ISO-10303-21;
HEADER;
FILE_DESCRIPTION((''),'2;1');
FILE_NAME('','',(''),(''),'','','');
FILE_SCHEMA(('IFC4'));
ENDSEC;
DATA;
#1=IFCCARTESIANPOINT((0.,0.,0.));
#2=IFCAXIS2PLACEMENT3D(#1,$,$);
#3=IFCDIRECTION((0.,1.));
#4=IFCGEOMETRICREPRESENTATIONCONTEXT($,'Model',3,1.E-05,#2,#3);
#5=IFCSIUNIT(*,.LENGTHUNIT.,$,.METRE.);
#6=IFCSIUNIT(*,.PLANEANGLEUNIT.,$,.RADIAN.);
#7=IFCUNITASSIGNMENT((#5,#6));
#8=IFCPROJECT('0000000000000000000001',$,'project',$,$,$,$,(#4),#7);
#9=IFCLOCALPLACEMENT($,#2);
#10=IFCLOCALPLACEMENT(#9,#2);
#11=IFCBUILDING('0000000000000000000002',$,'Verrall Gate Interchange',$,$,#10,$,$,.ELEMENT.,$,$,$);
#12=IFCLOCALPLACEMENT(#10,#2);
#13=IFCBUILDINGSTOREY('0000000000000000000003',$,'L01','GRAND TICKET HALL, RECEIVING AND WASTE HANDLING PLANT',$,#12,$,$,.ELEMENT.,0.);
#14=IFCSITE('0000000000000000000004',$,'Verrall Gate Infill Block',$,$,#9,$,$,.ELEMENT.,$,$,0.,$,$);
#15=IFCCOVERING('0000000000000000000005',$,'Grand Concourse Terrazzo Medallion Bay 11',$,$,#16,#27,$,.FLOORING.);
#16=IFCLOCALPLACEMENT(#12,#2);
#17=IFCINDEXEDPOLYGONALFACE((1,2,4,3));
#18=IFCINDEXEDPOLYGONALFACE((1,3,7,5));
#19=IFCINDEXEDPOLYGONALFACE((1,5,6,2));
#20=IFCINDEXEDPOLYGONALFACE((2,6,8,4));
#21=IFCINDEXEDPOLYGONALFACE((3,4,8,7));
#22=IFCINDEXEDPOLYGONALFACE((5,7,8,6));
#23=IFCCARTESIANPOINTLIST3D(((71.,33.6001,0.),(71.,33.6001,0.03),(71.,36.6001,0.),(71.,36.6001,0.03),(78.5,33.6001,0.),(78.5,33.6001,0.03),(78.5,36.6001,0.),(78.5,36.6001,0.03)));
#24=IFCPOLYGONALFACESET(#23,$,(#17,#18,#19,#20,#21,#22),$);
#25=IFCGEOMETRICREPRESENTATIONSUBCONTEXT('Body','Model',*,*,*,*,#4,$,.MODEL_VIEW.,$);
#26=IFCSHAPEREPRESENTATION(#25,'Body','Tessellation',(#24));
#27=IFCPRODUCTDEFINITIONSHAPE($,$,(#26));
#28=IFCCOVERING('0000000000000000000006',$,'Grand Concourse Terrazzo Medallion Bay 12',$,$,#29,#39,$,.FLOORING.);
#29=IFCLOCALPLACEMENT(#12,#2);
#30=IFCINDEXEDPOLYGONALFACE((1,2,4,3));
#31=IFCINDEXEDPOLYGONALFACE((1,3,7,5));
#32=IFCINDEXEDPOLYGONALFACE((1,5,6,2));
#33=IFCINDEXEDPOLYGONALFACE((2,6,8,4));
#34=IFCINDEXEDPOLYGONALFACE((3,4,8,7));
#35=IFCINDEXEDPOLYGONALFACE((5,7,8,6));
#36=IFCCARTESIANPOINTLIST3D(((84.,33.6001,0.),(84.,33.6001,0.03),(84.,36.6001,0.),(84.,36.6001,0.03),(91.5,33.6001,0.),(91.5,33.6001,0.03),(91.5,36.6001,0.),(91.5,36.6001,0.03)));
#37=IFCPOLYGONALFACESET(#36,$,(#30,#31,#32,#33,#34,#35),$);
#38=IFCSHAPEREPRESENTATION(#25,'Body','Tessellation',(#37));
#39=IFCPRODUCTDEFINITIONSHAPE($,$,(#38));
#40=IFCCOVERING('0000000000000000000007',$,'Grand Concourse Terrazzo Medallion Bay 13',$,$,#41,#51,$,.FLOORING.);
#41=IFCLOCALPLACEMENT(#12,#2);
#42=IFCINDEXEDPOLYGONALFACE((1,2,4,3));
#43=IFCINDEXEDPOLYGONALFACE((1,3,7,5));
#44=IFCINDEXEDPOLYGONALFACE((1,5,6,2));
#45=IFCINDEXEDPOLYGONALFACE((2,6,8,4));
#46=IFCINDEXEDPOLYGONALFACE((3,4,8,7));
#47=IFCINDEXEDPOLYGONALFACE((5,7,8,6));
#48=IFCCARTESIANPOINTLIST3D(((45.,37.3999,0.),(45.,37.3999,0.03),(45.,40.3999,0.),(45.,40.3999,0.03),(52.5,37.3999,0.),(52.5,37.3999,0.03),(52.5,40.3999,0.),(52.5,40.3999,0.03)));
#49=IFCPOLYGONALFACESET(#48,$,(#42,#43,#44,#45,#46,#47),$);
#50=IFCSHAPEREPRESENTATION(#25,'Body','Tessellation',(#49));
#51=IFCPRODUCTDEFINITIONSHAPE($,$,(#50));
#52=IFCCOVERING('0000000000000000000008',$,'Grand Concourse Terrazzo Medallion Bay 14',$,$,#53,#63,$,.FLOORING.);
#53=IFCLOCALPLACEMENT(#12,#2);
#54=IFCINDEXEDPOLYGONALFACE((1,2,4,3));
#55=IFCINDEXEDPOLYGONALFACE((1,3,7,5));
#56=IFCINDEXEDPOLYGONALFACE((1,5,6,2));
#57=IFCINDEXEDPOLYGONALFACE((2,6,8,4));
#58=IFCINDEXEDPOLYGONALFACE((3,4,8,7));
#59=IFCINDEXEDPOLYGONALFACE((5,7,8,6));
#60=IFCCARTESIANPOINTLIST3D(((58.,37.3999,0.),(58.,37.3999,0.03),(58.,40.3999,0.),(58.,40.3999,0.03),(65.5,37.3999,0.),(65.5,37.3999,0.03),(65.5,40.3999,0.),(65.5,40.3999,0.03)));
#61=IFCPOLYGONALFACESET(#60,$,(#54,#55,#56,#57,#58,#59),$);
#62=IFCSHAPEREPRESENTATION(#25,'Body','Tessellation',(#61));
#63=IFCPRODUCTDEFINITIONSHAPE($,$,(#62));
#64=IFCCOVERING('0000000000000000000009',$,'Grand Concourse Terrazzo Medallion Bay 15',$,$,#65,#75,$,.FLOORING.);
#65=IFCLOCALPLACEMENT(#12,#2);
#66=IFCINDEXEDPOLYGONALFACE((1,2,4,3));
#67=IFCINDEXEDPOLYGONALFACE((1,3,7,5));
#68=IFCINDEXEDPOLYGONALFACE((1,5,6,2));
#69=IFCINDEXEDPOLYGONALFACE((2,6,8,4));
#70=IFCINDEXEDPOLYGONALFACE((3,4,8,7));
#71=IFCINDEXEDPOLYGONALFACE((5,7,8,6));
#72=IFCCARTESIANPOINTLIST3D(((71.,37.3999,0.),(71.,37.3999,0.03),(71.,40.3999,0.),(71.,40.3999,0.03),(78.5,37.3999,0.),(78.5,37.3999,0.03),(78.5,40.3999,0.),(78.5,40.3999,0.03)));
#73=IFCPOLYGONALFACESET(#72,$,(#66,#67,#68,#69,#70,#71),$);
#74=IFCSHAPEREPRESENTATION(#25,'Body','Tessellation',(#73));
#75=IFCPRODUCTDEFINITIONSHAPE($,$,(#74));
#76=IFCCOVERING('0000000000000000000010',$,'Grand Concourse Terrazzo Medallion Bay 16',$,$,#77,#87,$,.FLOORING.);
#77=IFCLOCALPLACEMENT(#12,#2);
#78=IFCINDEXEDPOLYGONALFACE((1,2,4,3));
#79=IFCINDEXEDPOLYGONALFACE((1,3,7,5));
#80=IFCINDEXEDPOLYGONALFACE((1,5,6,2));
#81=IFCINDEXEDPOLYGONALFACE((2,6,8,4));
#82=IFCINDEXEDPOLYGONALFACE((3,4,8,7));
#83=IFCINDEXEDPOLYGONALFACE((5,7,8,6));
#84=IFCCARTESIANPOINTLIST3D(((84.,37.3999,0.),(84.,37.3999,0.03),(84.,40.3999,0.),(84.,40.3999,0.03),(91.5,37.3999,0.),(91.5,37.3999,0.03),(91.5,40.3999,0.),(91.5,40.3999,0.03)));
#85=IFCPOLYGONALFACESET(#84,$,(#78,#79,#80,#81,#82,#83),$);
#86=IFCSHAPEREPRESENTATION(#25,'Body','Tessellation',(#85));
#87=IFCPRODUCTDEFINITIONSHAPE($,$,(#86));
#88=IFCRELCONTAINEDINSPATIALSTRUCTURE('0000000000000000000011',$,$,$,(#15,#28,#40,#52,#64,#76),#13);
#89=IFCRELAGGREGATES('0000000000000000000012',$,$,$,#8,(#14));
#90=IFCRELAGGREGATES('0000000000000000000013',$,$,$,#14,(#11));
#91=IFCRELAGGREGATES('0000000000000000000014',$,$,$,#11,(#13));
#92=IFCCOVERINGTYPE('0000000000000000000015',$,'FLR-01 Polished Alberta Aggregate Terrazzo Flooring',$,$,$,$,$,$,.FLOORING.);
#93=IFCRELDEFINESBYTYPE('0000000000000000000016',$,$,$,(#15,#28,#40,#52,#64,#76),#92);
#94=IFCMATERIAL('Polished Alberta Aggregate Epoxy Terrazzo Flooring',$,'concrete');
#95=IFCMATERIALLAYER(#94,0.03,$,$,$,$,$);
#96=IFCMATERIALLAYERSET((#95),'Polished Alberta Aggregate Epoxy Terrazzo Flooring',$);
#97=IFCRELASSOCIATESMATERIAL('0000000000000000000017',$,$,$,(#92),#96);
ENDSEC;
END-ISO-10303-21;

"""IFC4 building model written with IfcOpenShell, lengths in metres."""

from ifc_helpers import new_model, si_unit, direction, origin, place, context, subcontext, project, spatial, polyline, outline, extrude, material, layer, layer_set, type_object, element, save


model = new_model("IFC4")

# Units and contexts
model_context = context("Model", 3, precision=1e-05, world=origin(), true_north=direction((0.0, 1.0)))
body_context = subcontext(model_context, "Body", "Model", "MODEL_VIEW")
ifc_project = project(units=[si_unit("LENGTHUNIT", "METRE"), si_unit("PLANEANGLEUNIT", "RADIAN")], contexts=[model_context])

# Site, building, storey
site_placement = place(None, origin())
site = spatial("IfcSite", under=ifc_project, at=site_placement, Name="Verrall Gate Infill Block", CompositionType="ELEMENT", RefElevation=0.0)
building_placement = place(site_placement, origin())
building = spatial("IfcBuilding", under=site, at=building_placement, Name="Verrall Gate Interchange", CompositionType="ELEMENT")
storey_placement = place(building_placement, origin())
storey = spatial("IfcBuildingStorey", under=building, at=storey_placement, Name="L01", Description="GRAND TICKET HALL, RECEIVING AND WASTE HANDLING PLANT", CompositionType="ELEMENT", Elevation=0.0)

# Coverings
ifc_material_1 = material(Name="Polished Alberta Aggregate Epoxy Terrazzo Flooring", Category="concrete")
ifc_layer_1 = layer(ifc_material_1, 0.03)
ifc_layer_set_1 = layer_set([ifc_layer_1], Name="Polished Alberta Aggregate Epoxy Terrazzo Flooring")
covering_type = type_object("IfcCoveringType", Name="FLR-01 Polished Alberta Aggregate Terrazzo Flooring", PredefinedType="FLOORING", material=ifc_layer_set_1)
covering_1_placement = place(storey_placement, origin())
element("IfcCovering", 1, at=covering_1_placement, inside=storey, type_object=covering_type, Name="Grand Concourse Terrazzo Medallion Bay 11", PredefinedType="FLOORING", context=body_context, shape_type="SweptSolid", body=[
    extrude(outline(polyline([(71.0, 33.6001), (78.5, 33.6001), (78.5, 36.6001), (71.0, 36.6001), (71.0, 33.6001)])), origin(), (0.0, 0.0, 1.0), 0.03),
])
covering_2_placement = place(storey_placement, origin())
element("IfcCovering", 2, at=covering_2_placement, inside=storey, type_object=covering_type, Name="Grand Concourse Terrazzo Medallion Bay 12", PredefinedType="FLOORING", context=body_context, shape_type="SweptSolid", body=[
    extrude(outline(polyline([(84.0, 33.6001), (91.5, 33.6001), (91.5, 36.6001), (84.0, 36.6001), (84.0, 33.6001)])), origin(), (0.0, 0.0, 1.0), 0.03),
])
covering_3_placement = place(storey_placement, origin())
element("IfcCovering", 3, at=covering_3_placement, inside=storey, type_object=covering_type, Name="Grand Concourse Terrazzo Medallion Bay 13", PredefinedType="FLOORING", context=body_context, shape_type="SweptSolid", body=[
    extrude(outline(polyline([(45.0, 37.3999), (52.5, 37.3999), (52.5, 40.3999), (45.0, 40.3999), (45.0, 37.3999)])), origin(), (0.0, 0.0, 1.0), 0.03),
])
covering_4_placement = place(storey_placement, origin())
element("IfcCovering", 4, at=covering_4_placement, inside=storey, type_object=covering_type, Name="Grand Concourse Terrazzo Medallion Bay 14", PredefinedType="FLOORING", context=body_context, shape_type="SweptSolid", body=[
    extrude(outline(polyline([(58.0, 37.3999), (65.5, 37.3999), (65.5, 40.3999), (58.0, 40.3999), (58.0, 37.3999)])), origin(), (0.0, 0.0, 1.0), 0.03),
])
covering_5_placement = place(storey_placement, origin())
element("IfcCovering", 5, at=covering_5_placement, inside=storey, type_object=covering_type, Name="Grand Concourse Terrazzo Medallion Bay 15", PredefinedType="FLOORING", context=body_context, shape_type="SweptSolid", body=[
    extrude(outline(polyline([(71.0, 37.3999), (78.5, 37.3999), (78.5, 40.3999), (71.0, 40.3999), (71.0, 37.3999)])), origin(), (0.0, 0.0, 1.0), 0.03),
])
covering_6_placement = place(storey_placement, origin())
element("IfcCovering", 6, at=covering_6_placement, inside=storey, type_object=covering_type, Name="Grand Concourse Terrazzo Medallion Bay 16", PredefinedType="FLOORING", context=body_context, shape_type="SweptSolid", body=[
    extrude(outline(polyline([(84.0, 37.3999), (91.5, 37.3999), (91.5, 40.3999), (84.0, 40.3999), (84.0, 37.3999)])), origin(), (0.0, 0.0, 1.0), 0.03),
])

save(model, "model.ifc")
